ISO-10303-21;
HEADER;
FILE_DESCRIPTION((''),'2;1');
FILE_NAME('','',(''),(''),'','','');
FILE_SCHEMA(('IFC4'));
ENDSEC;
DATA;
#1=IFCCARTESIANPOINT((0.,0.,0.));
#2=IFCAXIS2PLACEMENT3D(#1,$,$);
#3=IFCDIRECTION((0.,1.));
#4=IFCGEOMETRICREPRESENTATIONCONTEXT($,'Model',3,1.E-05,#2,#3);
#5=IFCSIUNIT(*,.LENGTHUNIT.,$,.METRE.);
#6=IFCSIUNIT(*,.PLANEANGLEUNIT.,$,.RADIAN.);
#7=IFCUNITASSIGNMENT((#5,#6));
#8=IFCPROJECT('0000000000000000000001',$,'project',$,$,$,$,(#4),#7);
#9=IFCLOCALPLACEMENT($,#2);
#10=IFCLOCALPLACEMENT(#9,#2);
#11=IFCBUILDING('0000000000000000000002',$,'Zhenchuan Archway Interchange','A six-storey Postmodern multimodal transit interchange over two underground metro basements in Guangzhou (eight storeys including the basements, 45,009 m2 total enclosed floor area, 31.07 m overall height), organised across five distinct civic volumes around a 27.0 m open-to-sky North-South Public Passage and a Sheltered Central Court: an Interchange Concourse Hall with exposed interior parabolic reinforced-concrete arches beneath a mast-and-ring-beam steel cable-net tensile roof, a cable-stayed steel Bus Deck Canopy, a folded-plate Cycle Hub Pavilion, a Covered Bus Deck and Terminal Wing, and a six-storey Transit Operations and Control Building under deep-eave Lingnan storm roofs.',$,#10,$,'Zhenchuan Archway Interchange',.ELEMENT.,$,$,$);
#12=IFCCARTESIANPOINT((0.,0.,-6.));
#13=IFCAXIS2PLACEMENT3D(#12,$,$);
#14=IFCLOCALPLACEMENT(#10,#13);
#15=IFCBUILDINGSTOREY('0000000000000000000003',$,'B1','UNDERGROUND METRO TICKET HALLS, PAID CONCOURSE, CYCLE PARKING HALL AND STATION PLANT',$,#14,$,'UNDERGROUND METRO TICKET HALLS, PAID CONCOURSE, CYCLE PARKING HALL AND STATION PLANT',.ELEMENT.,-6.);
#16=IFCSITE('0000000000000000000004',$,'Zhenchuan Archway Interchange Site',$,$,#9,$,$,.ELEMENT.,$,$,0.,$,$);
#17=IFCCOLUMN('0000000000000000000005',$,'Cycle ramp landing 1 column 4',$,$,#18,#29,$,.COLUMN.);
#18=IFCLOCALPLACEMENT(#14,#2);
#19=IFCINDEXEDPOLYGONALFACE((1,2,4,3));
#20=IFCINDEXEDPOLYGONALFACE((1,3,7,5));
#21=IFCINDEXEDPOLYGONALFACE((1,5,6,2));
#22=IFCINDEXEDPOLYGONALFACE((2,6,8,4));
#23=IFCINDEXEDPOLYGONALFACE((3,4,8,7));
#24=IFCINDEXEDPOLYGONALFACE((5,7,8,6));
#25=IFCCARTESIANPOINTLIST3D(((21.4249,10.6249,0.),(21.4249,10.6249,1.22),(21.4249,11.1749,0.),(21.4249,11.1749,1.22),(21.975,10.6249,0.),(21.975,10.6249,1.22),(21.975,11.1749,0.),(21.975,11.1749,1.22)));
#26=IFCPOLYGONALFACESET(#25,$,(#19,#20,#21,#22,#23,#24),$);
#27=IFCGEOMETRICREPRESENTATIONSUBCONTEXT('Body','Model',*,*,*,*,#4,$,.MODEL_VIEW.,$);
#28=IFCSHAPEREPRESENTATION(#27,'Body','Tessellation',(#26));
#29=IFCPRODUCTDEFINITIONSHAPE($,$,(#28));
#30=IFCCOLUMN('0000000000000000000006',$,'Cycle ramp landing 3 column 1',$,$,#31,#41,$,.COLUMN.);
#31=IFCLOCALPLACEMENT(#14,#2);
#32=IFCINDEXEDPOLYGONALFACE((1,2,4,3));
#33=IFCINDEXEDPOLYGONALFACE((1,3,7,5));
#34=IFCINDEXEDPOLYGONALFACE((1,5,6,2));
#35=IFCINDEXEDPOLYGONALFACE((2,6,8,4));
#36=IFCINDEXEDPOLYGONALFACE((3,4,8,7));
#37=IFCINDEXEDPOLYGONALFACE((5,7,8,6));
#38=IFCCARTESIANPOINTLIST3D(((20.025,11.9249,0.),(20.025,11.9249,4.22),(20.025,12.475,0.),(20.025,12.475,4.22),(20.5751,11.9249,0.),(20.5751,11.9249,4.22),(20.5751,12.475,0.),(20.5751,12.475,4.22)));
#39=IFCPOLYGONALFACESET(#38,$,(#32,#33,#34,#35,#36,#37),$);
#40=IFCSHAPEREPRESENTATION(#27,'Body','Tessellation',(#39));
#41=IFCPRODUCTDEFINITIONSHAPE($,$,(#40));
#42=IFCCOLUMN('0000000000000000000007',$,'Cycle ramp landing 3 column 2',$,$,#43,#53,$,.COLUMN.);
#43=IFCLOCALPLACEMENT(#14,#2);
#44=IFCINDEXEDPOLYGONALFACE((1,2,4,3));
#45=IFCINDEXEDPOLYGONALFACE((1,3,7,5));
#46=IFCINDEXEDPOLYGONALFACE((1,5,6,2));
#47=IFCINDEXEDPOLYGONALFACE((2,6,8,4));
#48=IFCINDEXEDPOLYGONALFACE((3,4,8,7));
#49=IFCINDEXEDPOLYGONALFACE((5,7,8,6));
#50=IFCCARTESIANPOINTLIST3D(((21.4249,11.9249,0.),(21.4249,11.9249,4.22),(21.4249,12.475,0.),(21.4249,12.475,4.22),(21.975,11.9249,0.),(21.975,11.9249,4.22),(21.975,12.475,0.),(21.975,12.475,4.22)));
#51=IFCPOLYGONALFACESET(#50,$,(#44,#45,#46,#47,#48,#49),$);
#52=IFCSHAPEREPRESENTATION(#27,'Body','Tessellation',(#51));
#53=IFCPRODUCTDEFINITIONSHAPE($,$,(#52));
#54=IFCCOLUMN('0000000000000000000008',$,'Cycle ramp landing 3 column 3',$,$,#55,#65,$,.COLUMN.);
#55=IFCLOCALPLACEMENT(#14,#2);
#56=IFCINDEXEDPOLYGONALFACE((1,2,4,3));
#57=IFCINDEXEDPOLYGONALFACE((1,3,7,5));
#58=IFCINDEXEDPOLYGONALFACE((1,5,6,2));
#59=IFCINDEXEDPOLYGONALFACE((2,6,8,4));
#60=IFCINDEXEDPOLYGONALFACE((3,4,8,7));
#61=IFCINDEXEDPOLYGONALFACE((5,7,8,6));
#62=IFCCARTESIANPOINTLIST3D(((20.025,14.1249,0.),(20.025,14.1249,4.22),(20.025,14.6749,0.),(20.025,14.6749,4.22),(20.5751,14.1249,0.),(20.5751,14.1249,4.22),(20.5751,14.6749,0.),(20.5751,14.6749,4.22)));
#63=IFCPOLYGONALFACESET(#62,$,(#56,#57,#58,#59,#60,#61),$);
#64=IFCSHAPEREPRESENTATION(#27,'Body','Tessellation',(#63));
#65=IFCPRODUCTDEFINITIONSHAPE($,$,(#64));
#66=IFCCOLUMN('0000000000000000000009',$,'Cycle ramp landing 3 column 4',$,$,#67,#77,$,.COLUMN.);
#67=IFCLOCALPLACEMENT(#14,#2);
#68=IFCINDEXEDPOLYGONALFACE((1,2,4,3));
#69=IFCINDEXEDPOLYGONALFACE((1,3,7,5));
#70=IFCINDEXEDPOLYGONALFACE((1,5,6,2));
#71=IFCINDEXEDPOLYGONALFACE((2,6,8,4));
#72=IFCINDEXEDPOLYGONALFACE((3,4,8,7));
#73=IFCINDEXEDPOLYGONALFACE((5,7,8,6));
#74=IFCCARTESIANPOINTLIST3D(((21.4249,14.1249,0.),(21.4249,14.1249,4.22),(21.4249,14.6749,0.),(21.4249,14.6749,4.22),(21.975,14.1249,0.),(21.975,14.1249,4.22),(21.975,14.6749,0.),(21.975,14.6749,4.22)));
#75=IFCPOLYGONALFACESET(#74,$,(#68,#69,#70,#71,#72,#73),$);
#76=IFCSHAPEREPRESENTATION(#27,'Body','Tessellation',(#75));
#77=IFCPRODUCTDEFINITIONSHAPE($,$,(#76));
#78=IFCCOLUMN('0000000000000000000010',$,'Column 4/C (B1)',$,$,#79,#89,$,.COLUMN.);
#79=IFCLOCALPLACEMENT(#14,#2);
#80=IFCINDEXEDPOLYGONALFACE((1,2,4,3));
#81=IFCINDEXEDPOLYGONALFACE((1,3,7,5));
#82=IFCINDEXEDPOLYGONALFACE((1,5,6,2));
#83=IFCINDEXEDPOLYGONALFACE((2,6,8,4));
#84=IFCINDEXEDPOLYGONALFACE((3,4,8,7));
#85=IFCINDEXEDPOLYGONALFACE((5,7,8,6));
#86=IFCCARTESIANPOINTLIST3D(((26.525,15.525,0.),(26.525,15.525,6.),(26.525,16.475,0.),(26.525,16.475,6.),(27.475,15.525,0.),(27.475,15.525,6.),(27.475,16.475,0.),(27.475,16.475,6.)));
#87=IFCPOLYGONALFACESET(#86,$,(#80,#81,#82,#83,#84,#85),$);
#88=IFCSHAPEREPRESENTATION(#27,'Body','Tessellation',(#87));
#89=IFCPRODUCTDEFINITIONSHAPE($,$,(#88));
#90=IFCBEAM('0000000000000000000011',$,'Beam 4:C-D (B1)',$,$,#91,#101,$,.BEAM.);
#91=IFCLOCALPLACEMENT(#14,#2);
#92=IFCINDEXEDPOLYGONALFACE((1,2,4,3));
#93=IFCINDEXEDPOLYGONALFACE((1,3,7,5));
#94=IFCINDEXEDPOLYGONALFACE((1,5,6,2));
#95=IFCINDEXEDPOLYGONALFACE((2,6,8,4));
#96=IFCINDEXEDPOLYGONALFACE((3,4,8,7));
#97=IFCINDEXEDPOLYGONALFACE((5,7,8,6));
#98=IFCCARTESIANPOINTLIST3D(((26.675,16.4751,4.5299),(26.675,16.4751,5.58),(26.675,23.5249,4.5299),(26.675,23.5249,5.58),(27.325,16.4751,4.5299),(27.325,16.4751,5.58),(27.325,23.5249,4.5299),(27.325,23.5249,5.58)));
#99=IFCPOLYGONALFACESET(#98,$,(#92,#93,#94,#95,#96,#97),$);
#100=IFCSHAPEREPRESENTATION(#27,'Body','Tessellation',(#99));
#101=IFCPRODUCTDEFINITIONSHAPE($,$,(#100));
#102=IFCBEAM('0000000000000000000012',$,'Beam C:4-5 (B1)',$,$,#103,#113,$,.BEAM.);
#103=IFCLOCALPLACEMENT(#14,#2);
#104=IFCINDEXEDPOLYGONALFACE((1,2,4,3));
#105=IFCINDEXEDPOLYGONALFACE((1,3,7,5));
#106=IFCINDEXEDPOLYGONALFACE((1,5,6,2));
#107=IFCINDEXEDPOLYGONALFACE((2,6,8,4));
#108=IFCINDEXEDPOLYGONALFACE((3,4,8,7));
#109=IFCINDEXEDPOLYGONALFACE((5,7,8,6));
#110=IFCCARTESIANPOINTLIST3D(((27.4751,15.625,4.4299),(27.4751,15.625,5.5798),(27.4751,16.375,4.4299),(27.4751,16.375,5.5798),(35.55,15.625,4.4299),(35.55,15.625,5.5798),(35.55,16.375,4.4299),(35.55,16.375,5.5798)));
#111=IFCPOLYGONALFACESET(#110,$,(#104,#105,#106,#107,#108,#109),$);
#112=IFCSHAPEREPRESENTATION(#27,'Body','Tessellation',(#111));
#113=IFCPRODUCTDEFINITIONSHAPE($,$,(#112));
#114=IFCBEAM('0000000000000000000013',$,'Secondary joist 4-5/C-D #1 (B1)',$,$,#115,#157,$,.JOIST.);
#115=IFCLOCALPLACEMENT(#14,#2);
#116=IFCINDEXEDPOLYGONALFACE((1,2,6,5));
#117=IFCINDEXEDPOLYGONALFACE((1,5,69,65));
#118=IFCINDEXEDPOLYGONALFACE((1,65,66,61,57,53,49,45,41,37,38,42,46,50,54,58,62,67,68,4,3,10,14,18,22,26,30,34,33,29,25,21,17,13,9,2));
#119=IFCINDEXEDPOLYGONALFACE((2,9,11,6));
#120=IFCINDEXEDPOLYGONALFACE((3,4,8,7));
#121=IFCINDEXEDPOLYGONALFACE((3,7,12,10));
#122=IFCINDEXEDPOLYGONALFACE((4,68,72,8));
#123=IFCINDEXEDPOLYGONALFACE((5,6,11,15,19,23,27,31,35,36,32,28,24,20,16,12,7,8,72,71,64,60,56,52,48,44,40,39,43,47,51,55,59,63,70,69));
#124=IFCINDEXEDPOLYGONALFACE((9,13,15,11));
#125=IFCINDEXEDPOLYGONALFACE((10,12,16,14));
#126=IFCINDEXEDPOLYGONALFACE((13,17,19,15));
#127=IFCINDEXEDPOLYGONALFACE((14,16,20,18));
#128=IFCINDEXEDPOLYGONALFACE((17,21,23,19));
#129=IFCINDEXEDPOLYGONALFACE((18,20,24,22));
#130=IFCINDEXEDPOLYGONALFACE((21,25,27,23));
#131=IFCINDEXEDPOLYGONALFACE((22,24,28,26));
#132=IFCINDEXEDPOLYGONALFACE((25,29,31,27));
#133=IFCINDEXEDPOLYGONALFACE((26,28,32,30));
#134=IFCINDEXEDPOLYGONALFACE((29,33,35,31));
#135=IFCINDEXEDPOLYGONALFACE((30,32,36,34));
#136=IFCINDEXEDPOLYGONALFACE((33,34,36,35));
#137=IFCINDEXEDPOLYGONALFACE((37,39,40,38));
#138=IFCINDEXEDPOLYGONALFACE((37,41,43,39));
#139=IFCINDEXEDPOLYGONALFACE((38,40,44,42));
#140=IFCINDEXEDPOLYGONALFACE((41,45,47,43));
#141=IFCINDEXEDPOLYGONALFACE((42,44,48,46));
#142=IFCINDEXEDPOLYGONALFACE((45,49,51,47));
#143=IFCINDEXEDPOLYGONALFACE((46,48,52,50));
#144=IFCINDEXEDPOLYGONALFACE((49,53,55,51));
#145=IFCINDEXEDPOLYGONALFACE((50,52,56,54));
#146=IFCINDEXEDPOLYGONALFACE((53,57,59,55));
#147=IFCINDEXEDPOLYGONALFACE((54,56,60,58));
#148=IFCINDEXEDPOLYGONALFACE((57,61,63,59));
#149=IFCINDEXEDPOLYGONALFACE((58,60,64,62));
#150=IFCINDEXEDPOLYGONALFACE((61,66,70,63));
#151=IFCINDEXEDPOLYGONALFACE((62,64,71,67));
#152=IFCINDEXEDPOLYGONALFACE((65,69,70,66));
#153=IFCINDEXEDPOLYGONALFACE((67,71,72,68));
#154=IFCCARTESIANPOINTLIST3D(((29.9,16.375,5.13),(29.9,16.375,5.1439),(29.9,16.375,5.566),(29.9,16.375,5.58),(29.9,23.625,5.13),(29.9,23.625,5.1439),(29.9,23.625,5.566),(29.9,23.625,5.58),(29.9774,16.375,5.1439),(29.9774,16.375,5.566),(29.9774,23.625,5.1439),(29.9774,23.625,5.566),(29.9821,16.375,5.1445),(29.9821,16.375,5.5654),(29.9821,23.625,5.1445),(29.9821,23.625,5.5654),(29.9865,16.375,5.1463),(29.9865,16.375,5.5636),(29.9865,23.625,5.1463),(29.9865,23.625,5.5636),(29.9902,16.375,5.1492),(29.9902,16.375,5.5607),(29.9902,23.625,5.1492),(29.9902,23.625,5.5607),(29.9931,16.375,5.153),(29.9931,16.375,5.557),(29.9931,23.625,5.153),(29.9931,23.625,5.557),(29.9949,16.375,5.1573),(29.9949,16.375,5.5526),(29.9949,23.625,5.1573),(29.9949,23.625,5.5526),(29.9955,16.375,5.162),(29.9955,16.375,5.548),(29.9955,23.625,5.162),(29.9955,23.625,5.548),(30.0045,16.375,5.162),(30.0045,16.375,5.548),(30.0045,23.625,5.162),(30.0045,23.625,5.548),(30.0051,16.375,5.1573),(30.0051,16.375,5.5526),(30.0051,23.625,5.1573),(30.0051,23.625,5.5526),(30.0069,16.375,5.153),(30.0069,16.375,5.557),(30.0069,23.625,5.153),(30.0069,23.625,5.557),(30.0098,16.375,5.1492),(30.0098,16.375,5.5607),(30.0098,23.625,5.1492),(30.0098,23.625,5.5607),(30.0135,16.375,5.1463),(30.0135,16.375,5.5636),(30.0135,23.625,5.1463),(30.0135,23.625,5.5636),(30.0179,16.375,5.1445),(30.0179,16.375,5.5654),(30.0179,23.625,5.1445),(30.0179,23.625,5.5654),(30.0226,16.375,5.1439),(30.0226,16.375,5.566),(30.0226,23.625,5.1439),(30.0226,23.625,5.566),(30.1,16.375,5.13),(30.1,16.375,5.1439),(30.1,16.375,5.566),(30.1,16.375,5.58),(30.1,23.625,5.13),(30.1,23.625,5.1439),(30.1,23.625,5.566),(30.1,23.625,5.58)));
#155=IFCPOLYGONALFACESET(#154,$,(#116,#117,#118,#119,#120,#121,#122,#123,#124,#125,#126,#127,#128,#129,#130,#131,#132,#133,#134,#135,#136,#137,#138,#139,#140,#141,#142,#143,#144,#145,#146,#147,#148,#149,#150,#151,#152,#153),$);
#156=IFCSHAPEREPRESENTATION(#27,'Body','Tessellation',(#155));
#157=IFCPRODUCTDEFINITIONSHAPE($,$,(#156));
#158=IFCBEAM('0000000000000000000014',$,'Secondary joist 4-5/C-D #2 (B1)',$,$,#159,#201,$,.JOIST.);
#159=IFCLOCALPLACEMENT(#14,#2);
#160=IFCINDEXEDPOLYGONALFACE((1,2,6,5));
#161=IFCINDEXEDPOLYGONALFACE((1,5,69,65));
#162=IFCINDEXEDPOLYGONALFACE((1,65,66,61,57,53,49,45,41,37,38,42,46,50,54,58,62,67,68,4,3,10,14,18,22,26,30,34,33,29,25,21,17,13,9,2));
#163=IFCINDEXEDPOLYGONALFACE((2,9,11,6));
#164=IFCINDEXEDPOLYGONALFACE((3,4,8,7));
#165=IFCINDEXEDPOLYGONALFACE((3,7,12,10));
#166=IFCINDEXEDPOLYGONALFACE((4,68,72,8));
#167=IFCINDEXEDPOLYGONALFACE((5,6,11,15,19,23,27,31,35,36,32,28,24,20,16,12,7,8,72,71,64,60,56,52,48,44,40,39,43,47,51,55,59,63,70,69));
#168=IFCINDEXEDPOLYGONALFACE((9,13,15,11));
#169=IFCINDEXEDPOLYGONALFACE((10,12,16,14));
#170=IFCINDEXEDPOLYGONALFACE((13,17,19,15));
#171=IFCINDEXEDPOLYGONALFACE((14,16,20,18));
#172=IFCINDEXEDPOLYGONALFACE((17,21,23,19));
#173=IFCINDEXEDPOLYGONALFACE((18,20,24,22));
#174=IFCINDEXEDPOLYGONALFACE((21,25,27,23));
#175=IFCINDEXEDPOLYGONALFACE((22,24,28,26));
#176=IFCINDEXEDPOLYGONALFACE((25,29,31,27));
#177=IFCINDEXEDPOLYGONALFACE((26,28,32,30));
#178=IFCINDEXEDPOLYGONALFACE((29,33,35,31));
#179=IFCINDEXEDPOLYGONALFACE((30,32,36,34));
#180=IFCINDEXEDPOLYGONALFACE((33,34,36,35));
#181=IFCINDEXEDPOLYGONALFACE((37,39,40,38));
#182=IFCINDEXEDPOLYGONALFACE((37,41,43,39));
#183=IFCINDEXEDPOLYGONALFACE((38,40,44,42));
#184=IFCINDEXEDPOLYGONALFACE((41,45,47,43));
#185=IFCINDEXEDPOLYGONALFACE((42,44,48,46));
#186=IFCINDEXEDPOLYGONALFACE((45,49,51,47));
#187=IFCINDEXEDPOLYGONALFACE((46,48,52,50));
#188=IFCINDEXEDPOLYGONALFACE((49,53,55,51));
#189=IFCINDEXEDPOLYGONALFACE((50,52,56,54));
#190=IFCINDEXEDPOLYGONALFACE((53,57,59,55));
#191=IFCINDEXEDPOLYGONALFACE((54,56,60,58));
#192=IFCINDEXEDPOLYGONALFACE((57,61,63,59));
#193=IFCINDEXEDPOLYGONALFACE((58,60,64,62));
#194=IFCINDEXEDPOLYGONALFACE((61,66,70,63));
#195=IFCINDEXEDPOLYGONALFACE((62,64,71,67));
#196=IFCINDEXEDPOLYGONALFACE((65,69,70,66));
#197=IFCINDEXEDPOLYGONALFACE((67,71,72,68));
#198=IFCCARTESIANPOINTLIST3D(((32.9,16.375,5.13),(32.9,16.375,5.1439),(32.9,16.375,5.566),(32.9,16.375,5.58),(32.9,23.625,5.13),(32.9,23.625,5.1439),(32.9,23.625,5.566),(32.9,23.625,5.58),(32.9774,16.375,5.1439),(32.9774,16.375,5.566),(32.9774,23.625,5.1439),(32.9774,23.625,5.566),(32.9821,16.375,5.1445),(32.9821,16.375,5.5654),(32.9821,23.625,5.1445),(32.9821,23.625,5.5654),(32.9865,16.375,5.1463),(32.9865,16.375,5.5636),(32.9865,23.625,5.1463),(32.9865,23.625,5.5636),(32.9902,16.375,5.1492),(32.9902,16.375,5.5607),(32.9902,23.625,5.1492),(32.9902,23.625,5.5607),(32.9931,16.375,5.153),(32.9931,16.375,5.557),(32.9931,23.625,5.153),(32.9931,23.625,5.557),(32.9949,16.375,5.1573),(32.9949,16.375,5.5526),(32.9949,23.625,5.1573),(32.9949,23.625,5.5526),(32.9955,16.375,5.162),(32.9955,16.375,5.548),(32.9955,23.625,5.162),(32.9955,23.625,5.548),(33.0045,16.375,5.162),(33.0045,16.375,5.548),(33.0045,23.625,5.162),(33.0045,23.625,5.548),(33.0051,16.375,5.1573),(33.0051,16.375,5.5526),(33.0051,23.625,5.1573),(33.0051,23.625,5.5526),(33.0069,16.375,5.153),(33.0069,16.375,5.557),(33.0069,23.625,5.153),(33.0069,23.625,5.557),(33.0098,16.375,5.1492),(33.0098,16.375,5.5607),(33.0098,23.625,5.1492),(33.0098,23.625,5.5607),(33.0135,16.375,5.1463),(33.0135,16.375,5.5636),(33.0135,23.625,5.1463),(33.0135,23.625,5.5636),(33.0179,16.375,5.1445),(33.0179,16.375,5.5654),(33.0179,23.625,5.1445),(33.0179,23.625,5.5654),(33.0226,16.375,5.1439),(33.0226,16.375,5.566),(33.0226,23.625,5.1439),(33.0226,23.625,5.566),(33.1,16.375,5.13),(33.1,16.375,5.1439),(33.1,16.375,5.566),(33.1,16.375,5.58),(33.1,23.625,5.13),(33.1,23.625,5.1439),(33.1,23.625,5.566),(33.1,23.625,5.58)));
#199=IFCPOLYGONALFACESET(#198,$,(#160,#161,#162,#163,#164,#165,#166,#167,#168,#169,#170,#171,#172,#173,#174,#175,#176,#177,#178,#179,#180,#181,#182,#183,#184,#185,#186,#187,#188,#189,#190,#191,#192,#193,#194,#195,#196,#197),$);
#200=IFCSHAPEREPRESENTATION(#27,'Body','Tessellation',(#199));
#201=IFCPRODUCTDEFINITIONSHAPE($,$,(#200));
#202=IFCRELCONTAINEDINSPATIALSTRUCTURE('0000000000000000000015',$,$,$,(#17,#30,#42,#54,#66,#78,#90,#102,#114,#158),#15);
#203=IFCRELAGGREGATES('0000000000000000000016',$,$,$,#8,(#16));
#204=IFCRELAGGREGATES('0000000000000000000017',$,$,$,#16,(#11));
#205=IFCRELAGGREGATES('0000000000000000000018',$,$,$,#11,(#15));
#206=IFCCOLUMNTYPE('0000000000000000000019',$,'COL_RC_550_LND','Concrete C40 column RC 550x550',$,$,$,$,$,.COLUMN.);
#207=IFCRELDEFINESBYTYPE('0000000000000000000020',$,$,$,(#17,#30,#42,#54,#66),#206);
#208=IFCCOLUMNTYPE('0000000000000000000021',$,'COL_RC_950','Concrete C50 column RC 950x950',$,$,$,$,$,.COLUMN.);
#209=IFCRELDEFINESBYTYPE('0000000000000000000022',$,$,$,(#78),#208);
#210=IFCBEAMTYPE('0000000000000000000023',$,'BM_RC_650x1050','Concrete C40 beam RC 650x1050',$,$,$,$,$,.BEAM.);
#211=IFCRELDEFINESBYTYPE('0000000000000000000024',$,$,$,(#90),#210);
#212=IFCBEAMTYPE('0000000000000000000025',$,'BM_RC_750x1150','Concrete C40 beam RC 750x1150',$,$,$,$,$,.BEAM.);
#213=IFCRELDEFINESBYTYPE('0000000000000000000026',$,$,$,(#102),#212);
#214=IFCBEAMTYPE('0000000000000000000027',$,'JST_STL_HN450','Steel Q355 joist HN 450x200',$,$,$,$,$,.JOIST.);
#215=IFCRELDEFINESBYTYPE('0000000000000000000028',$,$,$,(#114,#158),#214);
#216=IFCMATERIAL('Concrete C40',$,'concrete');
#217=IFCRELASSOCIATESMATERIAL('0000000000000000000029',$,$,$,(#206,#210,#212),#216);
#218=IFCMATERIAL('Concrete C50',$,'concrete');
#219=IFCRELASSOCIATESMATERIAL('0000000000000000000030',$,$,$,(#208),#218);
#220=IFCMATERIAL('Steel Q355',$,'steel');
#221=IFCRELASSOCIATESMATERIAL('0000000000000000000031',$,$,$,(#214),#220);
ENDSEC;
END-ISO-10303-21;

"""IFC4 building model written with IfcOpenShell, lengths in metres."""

from ifc_helpers import new_model, si_unit, direction, frame, origin, origin_2d, place, context, subcontext, project, spatial, rectangle, i_section, extrude, material, material_profile, profile_set, type_object, element, save


model = new_model("IFC4")

# Units and contexts
model_context = context("Model", 3, precision=1e-05, world=origin(), true_north=direction((0.0, 1.0)))
body_context = subcontext(model_context, "Body", "Model", "MODEL_VIEW")
ifc_project = project(units=[si_unit("LENGTHUNIT", "METRE"), si_unit("PLANEANGLEUNIT", "RADIAN")], contexts=[model_context])

# Site, building, storey
site_placement = place(None, origin())
site = spatial("IfcSite", under=ifc_project, at=site_placement, Name="Zhenchuan Archway Interchange Site", CompositionType="ELEMENT", RefElevation=0.0)
building_placement = place(site_placement, origin())
building = spatial("IfcBuilding", under=site, at=building_placement, Name="Zhenchuan Archway Interchange", Description="A six-storey Postmodern multimodal transit interchange over two underground metro basements in Guangzhou (eight storeys including the basements, 45,009 m2 total enclosed floor area, 31.07 m overall height), organised across five distinct civic volumes around a 27.0 m open-to-sky North-South Public Passage and a Sheltered Central Court: an Interchange Concourse Hall with exposed interior parabolic reinforced-concrete arches beneath a mast-and-ring-beam steel cable-net tensile roof, a cable-stayed steel Bus Deck Canopy, a folded-plate Cycle Hub Pavilion, a Covered Bus Deck and Terminal Wing, and a six-storey Transit Operations and Control Building under deep-eave Lingnan storm roofs.", LongName="Zhenchuan Archway Interchange", CompositionType="ELEMENT")
storey_placement = place(building_placement, frame((0.0, 0.0, -6.0)))
storey = spatial("IfcBuildingStorey", under=building, at=storey_placement, Name="B1", Description="UNDERGROUND METRO TICKET HALLS, PAID CONCOURSE, CYCLE PARKING HALL AND STATION PLANT", LongName="UNDERGROUND METRO TICKET HALLS, PAID CONCOURSE, CYCLE PARKING HALL AND STATION PLANT", CompositionType="ELEMENT", Elevation=-6.0)

# Shared definitions
ifc_material_1 = material(Name="Concrete C40", Category="concrete")

# Columns
ifc_material_profile_1 = material_profile(ifc_material_1, rectangle(XDim=0.55, YDim=0.55, at=origin_2d()), Name="RC 550x550")
ifc_profile_set_1 = profile_set([ifc_material_profile_1], Name="Concrete C40")
column_type_1 = type_object("IfcColumnType", Name="COL_RC_550_LND", Description="Concrete C40 column RC 550x550", PredefinedType="COLUMN", material=ifc_profile_set_1)
for number, where, z_axis, x_axis, name in (
    (1, (21.7, 10.8999, 0.0), (0.0, 0.0, 1.0), (1.0, 0.0, 0.0), "Cycle ramp landing 1 column 4"),
):
    element("IfcColumn", number, at=place(storey_placement, frame(where, z_axis=z_axis, x_axis=x_axis)), inside=storey, type_object=column_type_1, Name=name, PredefinedType="COLUMN", context=body_context, shape_type="SweptSolid", body=[
        extrude(rectangle(XDim=0.55, YDim=0.55, at=origin_2d()), origin(), (0.0, 0.0, 1.0), 1.22),
    ])
for number, where, z_axis, x_axis, name in (
    (2, (20.3, 12.2, 0.0), (0.0, 0.0, 1.0), (1.0, 0.0, 0.0), "Cycle ramp landing 3 column 1"),
    (3, (21.7, 12.2, 0.0), (0.0, 0.0, 1.0), (1.0, 0.0, 0.0), "Cycle ramp landing 3 column 2"),
    (4, (20.3, 14.3999, 0.0), (0.0, 0.0, 1.0), (1.0, 0.0, 0.0), "Cycle ramp landing 3 column 3"),
    (5, (21.7, 14.3999, 0.0), (0.0, 0.0, 1.0), (1.0, 0.0, 0.0), "Cycle ramp landing 3 column 4"),
):
    element("IfcColumn", number, at=place(storey_placement, frame(where, z_axis=z_axis, x_axis=x_axis)), inside=storey, type_object=column_type_1, Name=name, PredefinedType="COLUMN", context=body_context, shape_type="SweptSolid", body=[
        extrude(rectangle(XDim=0.55, YDim=0.55, at=origin_2d()), origin(), (0.0, 0.0, 1.0), 4.22),
    ])
ifc_material_2 = material(Name="Concrete C50", Category="concrete")
ifc_material_profile_2 = material_profile(ifc_material_2, rectangle(XDim=0.95, YDim=0.95, at=origin_2d()), Name="RC 950x950")
ifc_profile_set_2 = profile_set([ifc_material_profile_2], Name="Concrete C50")
column_type_2 = type_object("IfcColumnType", Name="COL_RC_950", Description="Concrete C50 column RC 950x950", PredefinedType="COLUMN", material=ifc_profile_set_2)
column_placement = place(storey_placement, frame((27.0, 16.0, 0.0), z_axis=(0.0, 0.0, 1.0), x_axis=(1.0, 0.0, 0.0)))
element("IfcColumn", 6, at=column_placement, inside=storey, type_object=column_type_2, Name="Column 4/C (B1)", PredefinedType="COLUMN", context=body_context, shape_type="SweptSolid", body=[
    extrude(rectangle(XDim=0.95, YDim=0.95, at=origin_2d()), origin(), (0.0, 0.0, 1.0), 6.0),
])

# Beams
ifc_material_profile_3 = material_profile(ifc_material_1, rectangle(XDim=0.6499, YDim=1.05, at=origin_2d()), Name="RC 650x1050")
ifc_profile_set_3 = profile_set([ifc_material_profile_3], Name="Concrete C40")
beam_type_1 = type_object("IfcBeamType", Name="BM_RC_650x1050", Description="Concrete C40 beam RC 650x1050", PredefinedType="BEAM", material=ifc_profile_set_3)
beam_1_placement = place(storey_placement, frame((27.0, 16.4751, 5.0549), z_axis=(0.0, 1.0, 0.0), x_axis=(-1.0, 0.0, 0.0)))
element("IfcBeam", 7, at=beam_1_placement, inside=storey, type_object=beam_type_1, Name="Beam 4:C-D (B1)", PredefinedType="BEAM", context=body_context, shape_type="SweptSolid", body=[
    extrude(rectangle(XDim=0.6499, YDim=1.05, at=origin_2d()), origin(), (0.0, 0.0, 1.0), 7.0498),
])
ifc_material_profile_4 = material_profile(ifc_material_1, rectangle(XDim=0.75, YDim=1.1499, at=origin_2d()), Name="RC 750x1150")
ifc_profile_set_4 = profile_set([ifc_material_profile_4], Name="Concrete C40")
beam_type_2 = type_object("IfcBeamType", Name="BM_RC_750x1150", Description="Concrete C40 beam RC 750x1150", PredefinedType="BEAM", material=ifc_profile_set_4)
beam_2_placement = place(storey_placement, frame((27.4751, 16.0, 5.0049), z_axis=(1.0, 0.0, 0.0), x_axis=(0.0, 1.0, 0.0)))
element("IfcBeam", 8, at=beam_2_placement, inside=storey, type_object=beam_type_2, Name="Beam C:4-5 (B1)", PredefinedType="BEAM", context=body_context, shape_type="SweptSolid", body=[
    extrude(rectangle(XDim=0.75, YDim=1.1499, at=origin_2d()), origin(), (0.0, 0.0, 1.0), 8.075),
])
ifc_material_3 = material(Name="Steel Q355", Category="steel")
ifc_material_profile_5 = material_profile(ifc_material_3, i_section(OverallWidth=0.2, OverallDepth=0.45, WebThickness=0.009, FlangeThickness=0.0139, FilletRadius=0.0181, at=origin_2d()), Name="HN 450x200")
ifc_profile_set_5 = profile_set([ifc_material_profile_5], Name="Steel Q355")
beam_type_3 = type_object("IfcBeamType", Name="JST_STL_HN450", Description="Steel Q355 joist HN 450x200", PredefinedType="JOIST", material=ifc_profile_set_5)
for number, where, z_axis, x_axis, name in (
    (9, (30.0, 16.375, 5.355), (0.0, 1.0, 0.0), (-1.0, 0.0, 0.0), "Secondary joist 4-5/C-D #1 (B1)"),
    (10, (33.0, 16.375, 5.355), (0.0, 1.0, 0.0), (-1.0, 0.0, 0.0), "Secondary joist 4-5/C-D #2 (B1)"),
):
    element("IfcBeam", number, at=place(storey_placement, frame(where, z_axis=z_axis, x_axis=x_axis)), inside=storey, type_object=beam_type_3, Name=name, PredefinedType="JOIST", context=body_context, shape_type="SweptSolid", body=[
        extrude(i_section(OverallWidth=0.2, OverallDepth=0.45, WebThickness=0.009, FlangeThickness=0.0139, FilletRadius=0.0181, at=origin_2d()), origin(), (0.0, 0.0, 1.0), 7.25),
    ])

save(model, "model.ifc")
